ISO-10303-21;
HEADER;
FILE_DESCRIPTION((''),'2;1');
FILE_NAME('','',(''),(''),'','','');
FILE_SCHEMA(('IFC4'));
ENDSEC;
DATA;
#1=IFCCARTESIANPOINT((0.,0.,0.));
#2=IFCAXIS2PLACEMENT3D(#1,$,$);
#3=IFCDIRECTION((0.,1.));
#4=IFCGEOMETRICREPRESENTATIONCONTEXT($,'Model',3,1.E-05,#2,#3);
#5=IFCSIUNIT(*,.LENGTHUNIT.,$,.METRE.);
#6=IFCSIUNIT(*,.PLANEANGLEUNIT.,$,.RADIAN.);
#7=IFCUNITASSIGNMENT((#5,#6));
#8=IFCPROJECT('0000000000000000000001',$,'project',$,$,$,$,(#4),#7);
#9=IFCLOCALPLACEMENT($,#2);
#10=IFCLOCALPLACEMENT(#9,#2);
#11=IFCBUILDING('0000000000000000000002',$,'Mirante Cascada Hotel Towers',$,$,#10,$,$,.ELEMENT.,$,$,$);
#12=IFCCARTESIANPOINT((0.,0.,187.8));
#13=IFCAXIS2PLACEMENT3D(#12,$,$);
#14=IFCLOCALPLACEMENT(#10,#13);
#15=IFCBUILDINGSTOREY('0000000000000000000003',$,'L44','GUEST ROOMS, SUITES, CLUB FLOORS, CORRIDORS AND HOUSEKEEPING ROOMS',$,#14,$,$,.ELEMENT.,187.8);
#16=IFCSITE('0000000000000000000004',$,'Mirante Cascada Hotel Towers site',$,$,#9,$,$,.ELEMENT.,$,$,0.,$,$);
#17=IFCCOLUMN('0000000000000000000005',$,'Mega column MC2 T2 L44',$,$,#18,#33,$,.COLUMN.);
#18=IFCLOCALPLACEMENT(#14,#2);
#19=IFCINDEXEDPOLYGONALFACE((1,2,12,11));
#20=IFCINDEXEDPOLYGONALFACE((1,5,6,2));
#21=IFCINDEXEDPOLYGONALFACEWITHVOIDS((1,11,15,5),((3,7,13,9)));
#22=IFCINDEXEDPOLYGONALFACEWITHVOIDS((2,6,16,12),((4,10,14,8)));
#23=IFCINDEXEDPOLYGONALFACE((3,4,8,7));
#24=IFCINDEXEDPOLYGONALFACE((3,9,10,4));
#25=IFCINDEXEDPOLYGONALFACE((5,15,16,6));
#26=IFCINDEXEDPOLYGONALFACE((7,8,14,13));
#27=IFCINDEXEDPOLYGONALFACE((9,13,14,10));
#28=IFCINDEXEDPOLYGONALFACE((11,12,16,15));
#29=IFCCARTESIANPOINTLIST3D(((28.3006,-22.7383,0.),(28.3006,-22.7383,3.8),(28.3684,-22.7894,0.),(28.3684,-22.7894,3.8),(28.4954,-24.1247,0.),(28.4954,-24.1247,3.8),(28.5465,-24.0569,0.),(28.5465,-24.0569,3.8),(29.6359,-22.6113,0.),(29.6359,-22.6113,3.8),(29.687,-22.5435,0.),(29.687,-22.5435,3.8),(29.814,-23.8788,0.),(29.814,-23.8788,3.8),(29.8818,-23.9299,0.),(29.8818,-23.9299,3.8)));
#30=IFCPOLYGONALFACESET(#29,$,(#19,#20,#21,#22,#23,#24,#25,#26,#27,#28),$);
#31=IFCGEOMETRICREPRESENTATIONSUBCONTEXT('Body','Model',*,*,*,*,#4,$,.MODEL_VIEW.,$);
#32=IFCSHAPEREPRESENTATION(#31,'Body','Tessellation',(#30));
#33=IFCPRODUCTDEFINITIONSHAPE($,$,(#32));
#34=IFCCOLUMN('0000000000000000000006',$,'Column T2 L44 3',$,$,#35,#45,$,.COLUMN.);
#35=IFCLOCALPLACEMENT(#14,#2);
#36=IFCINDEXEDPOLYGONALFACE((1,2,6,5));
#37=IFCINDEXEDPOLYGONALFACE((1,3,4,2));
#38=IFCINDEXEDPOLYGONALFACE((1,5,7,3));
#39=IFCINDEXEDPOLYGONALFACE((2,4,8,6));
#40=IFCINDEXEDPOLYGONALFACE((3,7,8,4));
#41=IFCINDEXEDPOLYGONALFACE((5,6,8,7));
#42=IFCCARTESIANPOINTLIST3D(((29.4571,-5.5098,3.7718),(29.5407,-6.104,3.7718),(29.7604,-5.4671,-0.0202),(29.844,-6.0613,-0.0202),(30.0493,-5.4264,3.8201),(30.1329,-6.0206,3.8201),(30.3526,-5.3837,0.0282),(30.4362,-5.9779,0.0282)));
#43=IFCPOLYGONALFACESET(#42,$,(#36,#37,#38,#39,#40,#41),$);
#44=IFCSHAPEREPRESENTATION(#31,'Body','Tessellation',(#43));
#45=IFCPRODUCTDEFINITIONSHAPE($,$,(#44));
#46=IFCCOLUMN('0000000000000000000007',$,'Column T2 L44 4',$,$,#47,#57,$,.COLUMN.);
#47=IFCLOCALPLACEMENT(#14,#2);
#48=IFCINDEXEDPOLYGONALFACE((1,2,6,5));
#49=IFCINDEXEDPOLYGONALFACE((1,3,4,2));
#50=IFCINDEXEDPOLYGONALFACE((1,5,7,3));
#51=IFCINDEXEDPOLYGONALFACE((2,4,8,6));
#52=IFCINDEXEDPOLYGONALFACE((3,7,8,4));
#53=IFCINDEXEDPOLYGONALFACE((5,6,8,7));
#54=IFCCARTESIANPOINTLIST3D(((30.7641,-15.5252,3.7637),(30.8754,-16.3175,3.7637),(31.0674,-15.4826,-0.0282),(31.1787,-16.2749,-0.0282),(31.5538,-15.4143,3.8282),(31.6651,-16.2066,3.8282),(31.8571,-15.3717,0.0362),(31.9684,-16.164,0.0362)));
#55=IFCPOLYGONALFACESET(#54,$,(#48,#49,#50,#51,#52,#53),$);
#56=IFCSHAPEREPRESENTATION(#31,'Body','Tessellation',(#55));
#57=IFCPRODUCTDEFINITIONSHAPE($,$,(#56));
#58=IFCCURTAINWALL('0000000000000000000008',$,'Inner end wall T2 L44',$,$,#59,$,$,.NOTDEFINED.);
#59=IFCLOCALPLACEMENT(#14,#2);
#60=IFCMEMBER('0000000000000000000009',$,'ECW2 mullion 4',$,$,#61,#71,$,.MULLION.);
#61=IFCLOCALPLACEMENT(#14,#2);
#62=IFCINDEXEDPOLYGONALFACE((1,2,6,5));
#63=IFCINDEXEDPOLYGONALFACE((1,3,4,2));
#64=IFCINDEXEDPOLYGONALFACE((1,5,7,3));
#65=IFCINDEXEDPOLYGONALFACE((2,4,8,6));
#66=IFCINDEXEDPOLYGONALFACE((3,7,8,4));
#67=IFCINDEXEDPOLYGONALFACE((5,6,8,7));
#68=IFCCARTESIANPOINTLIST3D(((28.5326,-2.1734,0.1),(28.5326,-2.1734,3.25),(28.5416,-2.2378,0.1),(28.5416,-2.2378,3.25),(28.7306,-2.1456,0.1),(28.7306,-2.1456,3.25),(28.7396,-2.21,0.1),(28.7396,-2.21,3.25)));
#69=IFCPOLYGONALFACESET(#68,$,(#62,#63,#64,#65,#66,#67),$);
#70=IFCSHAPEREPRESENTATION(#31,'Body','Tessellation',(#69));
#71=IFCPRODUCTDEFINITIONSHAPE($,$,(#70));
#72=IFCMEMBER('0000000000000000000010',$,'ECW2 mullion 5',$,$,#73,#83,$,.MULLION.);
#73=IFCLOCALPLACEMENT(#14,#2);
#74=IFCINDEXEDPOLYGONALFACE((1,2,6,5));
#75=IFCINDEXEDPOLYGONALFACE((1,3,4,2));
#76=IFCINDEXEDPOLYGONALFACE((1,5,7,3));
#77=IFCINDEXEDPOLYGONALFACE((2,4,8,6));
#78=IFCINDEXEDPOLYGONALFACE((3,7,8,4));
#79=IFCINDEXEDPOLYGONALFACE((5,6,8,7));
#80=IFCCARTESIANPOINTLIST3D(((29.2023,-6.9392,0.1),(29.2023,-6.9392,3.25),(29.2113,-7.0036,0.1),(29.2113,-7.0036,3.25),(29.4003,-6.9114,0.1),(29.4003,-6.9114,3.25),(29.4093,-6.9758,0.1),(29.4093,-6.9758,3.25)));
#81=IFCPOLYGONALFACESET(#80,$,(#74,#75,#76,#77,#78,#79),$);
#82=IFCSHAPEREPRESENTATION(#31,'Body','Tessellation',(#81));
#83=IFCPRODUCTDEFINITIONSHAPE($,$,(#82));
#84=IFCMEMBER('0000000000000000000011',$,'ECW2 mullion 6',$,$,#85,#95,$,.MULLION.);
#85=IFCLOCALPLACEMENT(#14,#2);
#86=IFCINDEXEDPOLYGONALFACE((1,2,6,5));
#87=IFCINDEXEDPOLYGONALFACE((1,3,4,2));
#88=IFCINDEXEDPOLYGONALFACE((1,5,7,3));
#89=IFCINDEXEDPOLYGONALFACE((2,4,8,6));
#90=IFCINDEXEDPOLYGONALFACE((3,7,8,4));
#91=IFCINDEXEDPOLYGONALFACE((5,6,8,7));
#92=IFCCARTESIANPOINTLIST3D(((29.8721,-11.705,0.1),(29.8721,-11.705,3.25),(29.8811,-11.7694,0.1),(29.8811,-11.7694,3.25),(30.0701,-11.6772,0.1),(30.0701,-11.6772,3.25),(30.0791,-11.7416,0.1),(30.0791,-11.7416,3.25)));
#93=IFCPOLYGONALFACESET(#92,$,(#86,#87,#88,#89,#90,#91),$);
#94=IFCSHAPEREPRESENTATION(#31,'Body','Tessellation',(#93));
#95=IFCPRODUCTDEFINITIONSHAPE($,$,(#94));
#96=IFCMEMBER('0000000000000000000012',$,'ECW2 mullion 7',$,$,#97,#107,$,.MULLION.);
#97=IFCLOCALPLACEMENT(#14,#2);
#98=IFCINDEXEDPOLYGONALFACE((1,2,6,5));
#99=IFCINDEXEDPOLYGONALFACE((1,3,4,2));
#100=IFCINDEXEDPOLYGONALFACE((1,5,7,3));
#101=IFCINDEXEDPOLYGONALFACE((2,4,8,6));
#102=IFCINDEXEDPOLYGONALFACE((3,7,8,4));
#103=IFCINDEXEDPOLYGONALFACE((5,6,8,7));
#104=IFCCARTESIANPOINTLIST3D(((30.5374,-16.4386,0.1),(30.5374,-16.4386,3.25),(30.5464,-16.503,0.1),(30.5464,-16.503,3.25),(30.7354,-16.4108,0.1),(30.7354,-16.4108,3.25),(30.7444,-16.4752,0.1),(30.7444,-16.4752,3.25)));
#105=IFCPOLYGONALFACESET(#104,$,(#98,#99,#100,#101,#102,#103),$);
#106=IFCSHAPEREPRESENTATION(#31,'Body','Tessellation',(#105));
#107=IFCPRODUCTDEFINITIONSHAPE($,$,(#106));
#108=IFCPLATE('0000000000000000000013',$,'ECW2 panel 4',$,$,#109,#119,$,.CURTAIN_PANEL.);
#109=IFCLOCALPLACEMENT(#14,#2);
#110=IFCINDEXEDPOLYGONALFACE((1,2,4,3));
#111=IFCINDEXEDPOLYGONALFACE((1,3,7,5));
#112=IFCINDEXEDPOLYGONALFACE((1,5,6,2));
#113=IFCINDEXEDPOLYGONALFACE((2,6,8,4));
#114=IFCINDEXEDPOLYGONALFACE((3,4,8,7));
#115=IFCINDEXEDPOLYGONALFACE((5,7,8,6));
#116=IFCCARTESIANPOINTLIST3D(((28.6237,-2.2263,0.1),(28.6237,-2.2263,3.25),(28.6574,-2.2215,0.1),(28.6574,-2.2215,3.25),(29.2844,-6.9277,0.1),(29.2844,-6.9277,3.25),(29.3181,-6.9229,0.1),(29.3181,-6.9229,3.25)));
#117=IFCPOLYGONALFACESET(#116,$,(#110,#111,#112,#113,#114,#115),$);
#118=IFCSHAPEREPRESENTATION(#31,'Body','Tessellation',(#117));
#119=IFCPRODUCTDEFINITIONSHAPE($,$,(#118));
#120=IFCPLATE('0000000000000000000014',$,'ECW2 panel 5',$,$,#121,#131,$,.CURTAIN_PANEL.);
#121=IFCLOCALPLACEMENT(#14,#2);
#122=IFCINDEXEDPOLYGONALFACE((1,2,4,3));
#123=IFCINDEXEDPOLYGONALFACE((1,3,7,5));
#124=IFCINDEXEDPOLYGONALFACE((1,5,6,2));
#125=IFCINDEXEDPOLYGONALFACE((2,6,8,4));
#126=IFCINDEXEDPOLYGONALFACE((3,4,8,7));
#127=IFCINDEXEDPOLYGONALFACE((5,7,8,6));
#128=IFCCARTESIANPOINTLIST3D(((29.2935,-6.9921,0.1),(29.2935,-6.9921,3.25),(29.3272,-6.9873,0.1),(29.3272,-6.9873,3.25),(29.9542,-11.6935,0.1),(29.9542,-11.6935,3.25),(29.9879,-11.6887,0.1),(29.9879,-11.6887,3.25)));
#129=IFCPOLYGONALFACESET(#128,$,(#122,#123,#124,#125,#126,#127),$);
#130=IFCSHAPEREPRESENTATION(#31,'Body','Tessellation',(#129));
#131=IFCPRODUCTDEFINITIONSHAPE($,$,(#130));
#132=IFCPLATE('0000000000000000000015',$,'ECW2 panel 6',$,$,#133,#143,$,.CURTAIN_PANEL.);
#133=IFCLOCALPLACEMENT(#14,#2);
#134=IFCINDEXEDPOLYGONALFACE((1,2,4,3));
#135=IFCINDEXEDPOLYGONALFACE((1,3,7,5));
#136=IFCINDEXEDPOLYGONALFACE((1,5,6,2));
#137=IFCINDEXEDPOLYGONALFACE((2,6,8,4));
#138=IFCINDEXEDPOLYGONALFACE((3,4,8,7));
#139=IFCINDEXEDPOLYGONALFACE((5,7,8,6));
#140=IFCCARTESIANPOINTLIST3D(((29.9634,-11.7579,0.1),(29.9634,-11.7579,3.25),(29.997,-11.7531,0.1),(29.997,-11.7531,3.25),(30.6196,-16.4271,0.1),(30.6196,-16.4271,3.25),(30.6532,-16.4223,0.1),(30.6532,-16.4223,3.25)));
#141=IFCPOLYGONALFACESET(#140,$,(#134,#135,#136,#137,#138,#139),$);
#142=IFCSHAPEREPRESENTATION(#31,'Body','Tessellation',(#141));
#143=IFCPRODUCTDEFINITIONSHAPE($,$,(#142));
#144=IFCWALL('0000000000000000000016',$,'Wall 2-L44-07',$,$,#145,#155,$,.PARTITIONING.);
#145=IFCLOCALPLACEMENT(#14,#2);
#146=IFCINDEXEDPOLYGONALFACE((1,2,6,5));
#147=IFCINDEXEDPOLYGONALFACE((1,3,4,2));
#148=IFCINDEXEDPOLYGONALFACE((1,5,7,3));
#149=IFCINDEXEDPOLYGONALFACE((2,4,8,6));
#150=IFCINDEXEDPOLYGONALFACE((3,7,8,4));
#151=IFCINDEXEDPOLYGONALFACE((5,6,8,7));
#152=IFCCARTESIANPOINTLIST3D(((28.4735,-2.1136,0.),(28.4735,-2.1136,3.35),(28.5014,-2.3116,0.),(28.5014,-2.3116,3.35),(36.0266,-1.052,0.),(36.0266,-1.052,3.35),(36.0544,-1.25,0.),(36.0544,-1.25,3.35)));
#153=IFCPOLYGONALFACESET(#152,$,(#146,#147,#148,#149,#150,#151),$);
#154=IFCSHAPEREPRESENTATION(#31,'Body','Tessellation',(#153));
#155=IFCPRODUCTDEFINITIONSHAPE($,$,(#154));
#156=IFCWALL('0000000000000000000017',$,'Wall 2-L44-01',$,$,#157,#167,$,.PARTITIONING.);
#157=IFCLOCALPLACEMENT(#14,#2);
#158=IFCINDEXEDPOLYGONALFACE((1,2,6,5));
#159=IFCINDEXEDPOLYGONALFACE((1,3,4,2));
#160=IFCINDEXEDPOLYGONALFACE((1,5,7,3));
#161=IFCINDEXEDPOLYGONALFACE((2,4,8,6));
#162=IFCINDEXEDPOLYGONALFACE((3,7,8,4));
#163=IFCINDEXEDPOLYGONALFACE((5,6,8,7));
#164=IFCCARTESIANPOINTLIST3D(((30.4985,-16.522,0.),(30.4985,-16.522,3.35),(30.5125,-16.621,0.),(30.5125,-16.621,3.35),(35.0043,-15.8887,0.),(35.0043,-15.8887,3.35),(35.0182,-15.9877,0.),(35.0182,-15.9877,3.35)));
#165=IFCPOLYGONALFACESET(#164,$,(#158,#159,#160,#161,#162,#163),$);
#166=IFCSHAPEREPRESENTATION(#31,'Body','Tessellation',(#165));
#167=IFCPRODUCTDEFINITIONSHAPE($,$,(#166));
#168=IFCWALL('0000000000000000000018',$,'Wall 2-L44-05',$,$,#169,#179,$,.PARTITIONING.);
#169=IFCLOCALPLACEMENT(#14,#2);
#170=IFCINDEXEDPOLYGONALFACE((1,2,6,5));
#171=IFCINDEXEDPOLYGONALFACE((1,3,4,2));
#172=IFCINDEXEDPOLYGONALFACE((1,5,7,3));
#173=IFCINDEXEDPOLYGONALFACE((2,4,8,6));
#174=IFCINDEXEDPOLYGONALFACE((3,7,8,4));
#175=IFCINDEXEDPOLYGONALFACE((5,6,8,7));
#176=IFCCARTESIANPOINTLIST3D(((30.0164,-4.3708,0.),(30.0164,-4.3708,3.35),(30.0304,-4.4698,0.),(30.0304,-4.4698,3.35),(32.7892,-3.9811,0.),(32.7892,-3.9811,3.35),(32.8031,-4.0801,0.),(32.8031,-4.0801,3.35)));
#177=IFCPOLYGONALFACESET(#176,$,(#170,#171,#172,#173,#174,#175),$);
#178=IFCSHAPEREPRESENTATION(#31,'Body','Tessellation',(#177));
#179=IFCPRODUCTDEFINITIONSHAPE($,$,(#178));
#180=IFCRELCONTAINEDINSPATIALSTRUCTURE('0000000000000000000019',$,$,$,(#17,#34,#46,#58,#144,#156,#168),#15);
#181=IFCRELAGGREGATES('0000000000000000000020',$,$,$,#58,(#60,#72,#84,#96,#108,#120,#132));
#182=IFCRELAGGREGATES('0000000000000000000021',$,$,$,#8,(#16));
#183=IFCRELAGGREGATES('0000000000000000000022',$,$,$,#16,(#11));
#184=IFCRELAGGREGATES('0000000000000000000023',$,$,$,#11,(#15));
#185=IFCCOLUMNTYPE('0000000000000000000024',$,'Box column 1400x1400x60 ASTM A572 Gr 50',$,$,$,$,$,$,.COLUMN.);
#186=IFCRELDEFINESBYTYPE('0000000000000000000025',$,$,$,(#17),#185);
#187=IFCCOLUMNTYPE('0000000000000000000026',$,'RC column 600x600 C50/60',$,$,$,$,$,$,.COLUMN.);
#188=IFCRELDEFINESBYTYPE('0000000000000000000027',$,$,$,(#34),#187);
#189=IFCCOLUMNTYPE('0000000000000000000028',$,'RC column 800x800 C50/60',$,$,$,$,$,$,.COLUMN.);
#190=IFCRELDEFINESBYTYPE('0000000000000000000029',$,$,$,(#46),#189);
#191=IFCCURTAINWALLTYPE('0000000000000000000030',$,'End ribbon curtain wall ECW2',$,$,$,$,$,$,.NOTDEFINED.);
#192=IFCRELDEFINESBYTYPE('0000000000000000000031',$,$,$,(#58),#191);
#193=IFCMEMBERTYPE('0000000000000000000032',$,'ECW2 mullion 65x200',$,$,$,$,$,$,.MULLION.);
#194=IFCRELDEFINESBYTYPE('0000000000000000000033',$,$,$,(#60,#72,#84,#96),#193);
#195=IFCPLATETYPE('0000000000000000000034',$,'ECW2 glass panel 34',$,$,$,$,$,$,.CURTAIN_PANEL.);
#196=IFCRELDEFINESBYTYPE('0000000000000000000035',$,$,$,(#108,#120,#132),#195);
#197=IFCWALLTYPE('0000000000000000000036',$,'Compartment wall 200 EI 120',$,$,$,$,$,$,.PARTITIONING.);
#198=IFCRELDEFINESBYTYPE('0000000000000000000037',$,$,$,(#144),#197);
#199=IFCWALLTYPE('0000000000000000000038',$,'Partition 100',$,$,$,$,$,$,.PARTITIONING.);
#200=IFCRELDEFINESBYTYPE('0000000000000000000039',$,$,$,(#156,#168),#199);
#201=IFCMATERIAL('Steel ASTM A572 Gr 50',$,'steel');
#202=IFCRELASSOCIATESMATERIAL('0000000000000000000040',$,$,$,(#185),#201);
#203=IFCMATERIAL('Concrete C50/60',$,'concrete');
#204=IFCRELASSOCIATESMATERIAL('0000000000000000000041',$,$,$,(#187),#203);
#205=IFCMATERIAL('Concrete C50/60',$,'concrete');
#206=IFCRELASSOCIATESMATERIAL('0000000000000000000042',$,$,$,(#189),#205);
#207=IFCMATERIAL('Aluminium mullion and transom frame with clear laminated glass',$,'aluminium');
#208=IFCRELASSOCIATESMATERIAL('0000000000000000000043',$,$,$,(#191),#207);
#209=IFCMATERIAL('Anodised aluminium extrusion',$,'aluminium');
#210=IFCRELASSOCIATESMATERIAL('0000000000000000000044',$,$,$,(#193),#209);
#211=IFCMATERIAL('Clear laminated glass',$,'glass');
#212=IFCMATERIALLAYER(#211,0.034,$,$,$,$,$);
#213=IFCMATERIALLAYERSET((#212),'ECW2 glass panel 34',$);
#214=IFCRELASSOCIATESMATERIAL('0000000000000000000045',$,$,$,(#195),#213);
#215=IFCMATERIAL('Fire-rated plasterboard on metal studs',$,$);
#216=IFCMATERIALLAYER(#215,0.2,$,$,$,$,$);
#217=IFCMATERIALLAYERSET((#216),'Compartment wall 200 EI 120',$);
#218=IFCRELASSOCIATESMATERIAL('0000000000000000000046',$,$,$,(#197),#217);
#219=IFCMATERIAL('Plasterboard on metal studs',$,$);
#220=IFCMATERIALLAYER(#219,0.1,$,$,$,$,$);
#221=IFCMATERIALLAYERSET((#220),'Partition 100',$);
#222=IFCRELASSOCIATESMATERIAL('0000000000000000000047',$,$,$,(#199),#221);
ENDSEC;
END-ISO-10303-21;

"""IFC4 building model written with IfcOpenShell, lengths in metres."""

from ifc_helpers import new_model, si_unit, direction, frame, frame_2d, origin, origin_2d, place, context, subcontext, project, spatial, rectangle, hollow_rectangle, extrude, material, layer, layer_set, material_profile, profile_set, type_object, element, aggregate, save


model = new_model("IFC4")

# Units and contexts
model_context = context("Model", 3, precision=1e-05, world=origin(), true_north=direction((0.0, 1.0)))
body_context = subcontext(model_context, "Body", "Model", "MODEL_VIEW")
ifc_project = project(units=[si_unit("LENGTHUNIT", "METRE"), si_unit("PLANEANGLEUNIT", "RADIAN")], contexts=[model_context])

# Site, building, storey
site_placement = place(None, origin())
site = spatial("IfcSite", under=ifc_project, at=site_placement, Name="Mirante Cascada Hotel Towers site", CompositionType="ELEMENT", RefElevation=0.0)
building_placement = place(site_placement, origin())
building = spatial("IfcBuilding", under=site, at=building_placement, Name="Mirante Cascada Hotel Towers", CompositionType="ELEMENT")
storey_placement = place(building_placement, frame((0.0, 0.0, 187.8)))
storey = spatial("IfcBuildingStorey", under=building, at=storey_placement, Name="L44", Description="GUEST ROOMS, SUITES, CLUB FLOORS, CORRIDORS AND HOUSEKEEPING ROOMS", CompositionType="ELEMENT", Elevation=187.8)

# Columns
ifc_material_1 = material(Name="Steel ASTM A572 Gr 50", Category="steel")
ifc_material_profile_1 = material_profile(ifc_material_1, hollow_rectangle(XDim=1.4, YDim=1.4, WallThickness=0.06, at=origin_2d()), Name="Box column 1400x1400x60 ASTM A572 Gr 50")
ifc_profile_set_1 = profile_set([ifc_material_profile_1], Name="Steel ASTM A572 Gr 50")
column_type_1 = type_object("IfcColumnType", Name="Box column 1400x1400x60 ASTM A572 Gr 50", PredefinedType="COLUMN", material=ifc_profile_set_1)
column_1_placement = place(storey_placement, frame((29.0912, -23.3341, 0.0), z_axis=(0.0, 0.0, 1.0), x_axis=(0.990268, 0.139173, 0.0)))
element("IfcColumn", 1, at=column_1_placement, inside=storey, type_object=column_type_1, Name="Mega column MC2 T2 L44", PredefinedType="COLUMN", context=body_context, shape_type="SweptSolid", body=[
    extrude(hollow_rectangle(XDim=1.4, YDim=1.4, WallThickness=0.06, at=origin_2d()), origin(), (0.0, 0.0, 1.0), 3.8),
])
ifc_material_2 = material(Name="Concrete C50/60", Category="concrete")
ifc_material_profile_2 = material_profile(ifc_material_2, rectangle(XDim=0.6, YDim=0.6, at=origin_2d()), Name="RC column 600x600 C50/60")
ifc_profile_set_2 = profile_set([ifc_material_profile_2], Name="Concrete C50/60")
column_type_2 = type_object("IfcColumnType", Name="RC column 600x600 C50/60", PredefinedType="COLUMN", material=ifc_profile_set_2)
column_2_placement = place(storey_placement, frame((30.0983, -5.7225, 0.004), z_axis=(-0.079725, -0.011224, 0.996754), x_axis=(0.13941, -0.990235, 0.0)))
element("IfcColumn", 2, at=column_2_placement, inside=storey, type_object=column_type_2, Name="Column T2 L44 3", PredefinedType="COLUMN", context=body_context, shape_type="SweptSolid", body=[
    extrude(rectangle(XDim=0.6, YDim=0.6, at=origin_2d()), origin(), (0.0, 0.0, 1.0), 3.8043),
])
ifc_material_3 = material(Name="Concrete C50/60", Category="concrete")
ifc_material_profile_3 = material_profile(ifc_material_3, rectangle(XDim=0.8, YDim=0.8, at=origin_2d()), Name="RC column 800x800 C50/60")
ifc_profile_set_3 = profile_set([ifc_material_profile_3], Name="Concrete C50/60")
column_type_3 = type_object("IfcColumnType", Name="RC column 800x800 C50/60", PredefinedType="COLUMN", material=ifc_profile_set_3)
column_3_placement = place(storey_placement, frame((31.5179, -15.8233, 0.004), z_axis=(-0.079725, -0.011198, 0.996754), x_axis=(0.13909, -0.99028, 0.0)))
element("IfcColumn", 3, at=column_3_placement, inside=storey, type_object=column_type_3, Name="Column T2 L44 4", PredefinedType="COLUMN", context=body_context, shape_type="SweptSolid", body=[
    extrude(rectangle(XDim=0.8, YDim=0.8, at=origin_2d()), origin(), (0.0, 0.0, 1.0), 3.8043),
])

# Curtain wall, members, plates
ifc_material_4 = material(Name="Aluminium mullion and transom frame with clear laminated glass", Category="aluminium")
curtain_wall_type = type_object("IfcCurtainWallType", Name="End ribbon curtain wall ECW2", PredefinedType="NOTDEFINED", material=ifc_material_4)
curtain_wall_placement = place(storey_placement, origin())
curtain_wall = element("IfcCurtainWall", 4, at=curtain_wall_placement, inside=storey, type_object=curtain_wall_type, Name="Inner end wall T2 L44", PredefinedType="NOTDEFINED")
ifc_material_5 = material(Name="Anodised aluminium extrusion", Category="aluminium")
ifc_material_profile_4 = material_profile(ifc_material_5, rectangle(XDim=0.2, YDim=0.065, at=origin_2d()), Name="ECW2 MULLION 65x200")
ifc_profile_set_4 = profile_set([ifc_material_profile_4], Name="Anodised aluminium extrusion")
member_type = type_object("IfcMemberType", Name="ECW2 mullion 65x200", PredefinedType="MULLION", material=ifc_profile_set_4)
member_1_placement = place(storey_placement, frame((28.6361, -2.1917, 0.1), z_axis=(0.0, 0.0, 1.0), x_axis=(0.990268, 0.139173, 0.0)))
member_1 = element("IfcMember", 5, at=member_1_placement, type_object=member_type, Name="ECW2 mullion 4", PredefinedType="MULLION", context=body_context, shape_type="SweptSolid", body=[
    extrude(rectangle(XDim=0.2, YDim=0.065, at=origin_2d()), origin(), (0.0, 0.0, 1.0), 3.15),
])
member_2_placement = place(storey_placement, frame((29.3058, -6.9575, 0.1), z_axis=(0.0, 0.0, 1.0), x_axis=(0.990268, 0.139173, 0.0)))
member_2 = element("IfcMember", 6, at=member_2_placement, type_object=member_type, Name="ECW2 mullion 5", PredefinedType="MULLION", context=body_context, shape_type="SweptSolid", body=[
    extrude(rectangle(XDim=0.2, YDim=0.065, at=origin_2d()), origin(), (0.0, 0.0, 1.0), 3.15),
])
member_3_placement = place(storey_placement, frame((29.9756, -11.7233, 0.1), z_axis=(0.0, 0.0, 1.0), x_axis=(0.990268, 0.139173, 0.0)))
member_3 = element("IfcMember", 7, at=member_3_placement, type_object=member_type, Name="ECW2 mullion 6", PredefinedType="MULLION", context=body_context, shape_type="SweptSolid", body=[
    extrude(rectangle(XDim=0.2, YDim=0.065, at=origin_2d()), origin(), (0.0, 0.0, 1.0), 3.15),
])
member_4_placement = place(storey_placement, frame((30.6409, -16.4569, 0.1), z_axis=(0.0, 0.0, 1.0), x_axis=(0.990268, 0.139173, 0.0)))
member_4 = element("IfcMember", 8, at=member_4_placement, type_object=member_type, Name="ECW2 mullion 7", PredefinedType="MULLION", context=body_context, shape_type="SweptSolid", body=[
    extrude(rectangle(XDim=0.2, YDim=0.065, at=origin_2d()), origin(), (0.0, 0.0, 1.0), 3.15),
])
ifc_material_6 = material(Name="Clear laminated glass", Category="glass")
ifc_layer_1 = layer(ifc_material_6, 0.034)
ifc_layer_set_1 = layer_set([ifc_layer_1], Name="ECW2 glass panel 34")
plate_type = type_object("IfcPlateType", Name="ECW2 glass panel 34", PredefinedType="CURTAIN_PANEL", material=ifc_layer_set_1)
plate_1_placement = place(storey_placement, frame((28.9709, -4.5746, 0.1), z_axis=(0.0, 0.0, 1.0), x_axis=(0.139173, -0.990268, 0.0)))
plate_1 = element("IfcPlate", 9, at=plate_1_placement, type_object=plate_type, Name="ECW2 panel 4", PredefinedType="CURTAIN_PANEL", context=body_context, shape_type="SweptSolid", body=[
    extrude(rectangle(XDim=4.7476, YDim=0.034, at=origin_2d()), origin(), (0.0, 0.0, 1.0), 3.15),
])
plate_2_placement = place(storey_placement, frame((29.6407, -9.3404, 0.1), z_axis=(0.0, 0.0, 1.0), x_axis=(0.139173, -0.990268, 0.0)))
plate_2 = element("IfcPlate", 10, at=plate_2_placement, type_object=plate_type, Name="ECW2 panel 5", PredefinedType="CURTAIN_PANEL", context=body_context, shape_type="SweptSolid", body=[
    extrude(rectangle(XDim=4.7476, YDim=0.034, at=origin_2d()), origin(), (0.0, 0.0, 1.0), 3.15),
])
plate_3_placement = place(storey_placement, frame((30.3083, -14.0901, 0.1), z_axis=(0.0, 0.0, 1.0), x_axis=(0.139173, -0.990268, 0.0)))
plate_3 = element("IfcPlate", 11, at=plate_3_placement, type_object=plate_type, Name="ECW2 panel 6", PredefinedType="CURTAIN_PANEL", context=body_context, shape_type="SweptSolid", body=[
    extrude(rectangle(XDim=4.7151, YDim=0.034, at=origin_2d()), origin(), (0.0, 0.0, 1.0), 3.15),
])
aggregate(curtain_wall, [member_1, member_2, member_3, member_4, plate_1, plate_2, plate_3])

# Walls
ifc_material_7 = material(Name="Fire-rated plasterboard on metal studs")
ifc_layer_2 = layer(ifc_material_7, 0.2)
ifc_layer_set_2 = layer_set([ifc_layer_2], Name="Compartment wall 200 EI 120")
wall_type_1 = type_object("IfcWallType", Name="Compartment wall 200 EI 120", PredefinedType="PARTITIONING", material=ifc_layer_set_2)
wall_1_placement = place(storey_placement, frame((28.4875, -2.2126, 0.0), z_axis=(0.0, 0.0, 1.0), x_axis=(0.990267, 0.139183, 0.0)))
element("IfcWall", 12, at=wall_1_placement, inside=storey, type_object=wall_type_1, Name="Wall 2-L44-07", PredefinedType="PARTITIONING", context=body_context, shape_type="SweptSolid", body=[
    extrude(rectangle(XDim=7.6273, YDim=0.2, at=frame_2d((3.8136, 0.0))), origin(), (0.0, 0.0, 1.0), 3.35),
])
ifc_material_8 = material(Name="Plasterboard on metal studs")
ifc_layer_3 = layer(ifc_material_8, 0.1)
ifc_layer_set_3 = layer_set([ifc_layer_3], Name="Partition 100")
wall_type_2 = type_object("IfcWallType", Name="Partition 100", PredefinedType="PARTITIONING", material=ifc_layer_set_3)
wall_2_placement = place(storey_placement, frame((30.5055, -16.5715, 0.0), z_axis=(0.0, 0.0, 1.0), x_axis=(0.990266, 0.139187, 0.0)))
element("IfcWall", 13, at=wall_2_placement, inside=storey, type_object=wall_type_2, Name="Wall 2-L44-01", PredefinedType="PARTITIONING", context=body_context, shape_type="SweptSolid", body=[
    extrude(rectangle(XDim=4.55, YDim=0.1, at=frame_2d((2.275, 0.0))), origin(), (0.0, 0.0, 1.0), 3.35),
])
wall_3_placement = place(storey_placement, frame((30.0234, -4.4203, 0.0), z_axis=(0.0, 0.0, 1.0), x_axis=(0.990267, 0.139181, 0.0)))
element("IfcWall", 14, at=wall_3_placement, inside=storey, type_object=wall_type_2, Name="Wall 2-L44-05", PredefinedType="PARTITIONING", context=body_context, shape_type="SweptSolid", body=[
    extrude(rectangle(XDim=2.8, YDim=0.1, at=frame_2d((1.4, 0.0))), origin(), (0.0, 0.0, 1.0), 3.35),
])

save(model, "model.ifc")
